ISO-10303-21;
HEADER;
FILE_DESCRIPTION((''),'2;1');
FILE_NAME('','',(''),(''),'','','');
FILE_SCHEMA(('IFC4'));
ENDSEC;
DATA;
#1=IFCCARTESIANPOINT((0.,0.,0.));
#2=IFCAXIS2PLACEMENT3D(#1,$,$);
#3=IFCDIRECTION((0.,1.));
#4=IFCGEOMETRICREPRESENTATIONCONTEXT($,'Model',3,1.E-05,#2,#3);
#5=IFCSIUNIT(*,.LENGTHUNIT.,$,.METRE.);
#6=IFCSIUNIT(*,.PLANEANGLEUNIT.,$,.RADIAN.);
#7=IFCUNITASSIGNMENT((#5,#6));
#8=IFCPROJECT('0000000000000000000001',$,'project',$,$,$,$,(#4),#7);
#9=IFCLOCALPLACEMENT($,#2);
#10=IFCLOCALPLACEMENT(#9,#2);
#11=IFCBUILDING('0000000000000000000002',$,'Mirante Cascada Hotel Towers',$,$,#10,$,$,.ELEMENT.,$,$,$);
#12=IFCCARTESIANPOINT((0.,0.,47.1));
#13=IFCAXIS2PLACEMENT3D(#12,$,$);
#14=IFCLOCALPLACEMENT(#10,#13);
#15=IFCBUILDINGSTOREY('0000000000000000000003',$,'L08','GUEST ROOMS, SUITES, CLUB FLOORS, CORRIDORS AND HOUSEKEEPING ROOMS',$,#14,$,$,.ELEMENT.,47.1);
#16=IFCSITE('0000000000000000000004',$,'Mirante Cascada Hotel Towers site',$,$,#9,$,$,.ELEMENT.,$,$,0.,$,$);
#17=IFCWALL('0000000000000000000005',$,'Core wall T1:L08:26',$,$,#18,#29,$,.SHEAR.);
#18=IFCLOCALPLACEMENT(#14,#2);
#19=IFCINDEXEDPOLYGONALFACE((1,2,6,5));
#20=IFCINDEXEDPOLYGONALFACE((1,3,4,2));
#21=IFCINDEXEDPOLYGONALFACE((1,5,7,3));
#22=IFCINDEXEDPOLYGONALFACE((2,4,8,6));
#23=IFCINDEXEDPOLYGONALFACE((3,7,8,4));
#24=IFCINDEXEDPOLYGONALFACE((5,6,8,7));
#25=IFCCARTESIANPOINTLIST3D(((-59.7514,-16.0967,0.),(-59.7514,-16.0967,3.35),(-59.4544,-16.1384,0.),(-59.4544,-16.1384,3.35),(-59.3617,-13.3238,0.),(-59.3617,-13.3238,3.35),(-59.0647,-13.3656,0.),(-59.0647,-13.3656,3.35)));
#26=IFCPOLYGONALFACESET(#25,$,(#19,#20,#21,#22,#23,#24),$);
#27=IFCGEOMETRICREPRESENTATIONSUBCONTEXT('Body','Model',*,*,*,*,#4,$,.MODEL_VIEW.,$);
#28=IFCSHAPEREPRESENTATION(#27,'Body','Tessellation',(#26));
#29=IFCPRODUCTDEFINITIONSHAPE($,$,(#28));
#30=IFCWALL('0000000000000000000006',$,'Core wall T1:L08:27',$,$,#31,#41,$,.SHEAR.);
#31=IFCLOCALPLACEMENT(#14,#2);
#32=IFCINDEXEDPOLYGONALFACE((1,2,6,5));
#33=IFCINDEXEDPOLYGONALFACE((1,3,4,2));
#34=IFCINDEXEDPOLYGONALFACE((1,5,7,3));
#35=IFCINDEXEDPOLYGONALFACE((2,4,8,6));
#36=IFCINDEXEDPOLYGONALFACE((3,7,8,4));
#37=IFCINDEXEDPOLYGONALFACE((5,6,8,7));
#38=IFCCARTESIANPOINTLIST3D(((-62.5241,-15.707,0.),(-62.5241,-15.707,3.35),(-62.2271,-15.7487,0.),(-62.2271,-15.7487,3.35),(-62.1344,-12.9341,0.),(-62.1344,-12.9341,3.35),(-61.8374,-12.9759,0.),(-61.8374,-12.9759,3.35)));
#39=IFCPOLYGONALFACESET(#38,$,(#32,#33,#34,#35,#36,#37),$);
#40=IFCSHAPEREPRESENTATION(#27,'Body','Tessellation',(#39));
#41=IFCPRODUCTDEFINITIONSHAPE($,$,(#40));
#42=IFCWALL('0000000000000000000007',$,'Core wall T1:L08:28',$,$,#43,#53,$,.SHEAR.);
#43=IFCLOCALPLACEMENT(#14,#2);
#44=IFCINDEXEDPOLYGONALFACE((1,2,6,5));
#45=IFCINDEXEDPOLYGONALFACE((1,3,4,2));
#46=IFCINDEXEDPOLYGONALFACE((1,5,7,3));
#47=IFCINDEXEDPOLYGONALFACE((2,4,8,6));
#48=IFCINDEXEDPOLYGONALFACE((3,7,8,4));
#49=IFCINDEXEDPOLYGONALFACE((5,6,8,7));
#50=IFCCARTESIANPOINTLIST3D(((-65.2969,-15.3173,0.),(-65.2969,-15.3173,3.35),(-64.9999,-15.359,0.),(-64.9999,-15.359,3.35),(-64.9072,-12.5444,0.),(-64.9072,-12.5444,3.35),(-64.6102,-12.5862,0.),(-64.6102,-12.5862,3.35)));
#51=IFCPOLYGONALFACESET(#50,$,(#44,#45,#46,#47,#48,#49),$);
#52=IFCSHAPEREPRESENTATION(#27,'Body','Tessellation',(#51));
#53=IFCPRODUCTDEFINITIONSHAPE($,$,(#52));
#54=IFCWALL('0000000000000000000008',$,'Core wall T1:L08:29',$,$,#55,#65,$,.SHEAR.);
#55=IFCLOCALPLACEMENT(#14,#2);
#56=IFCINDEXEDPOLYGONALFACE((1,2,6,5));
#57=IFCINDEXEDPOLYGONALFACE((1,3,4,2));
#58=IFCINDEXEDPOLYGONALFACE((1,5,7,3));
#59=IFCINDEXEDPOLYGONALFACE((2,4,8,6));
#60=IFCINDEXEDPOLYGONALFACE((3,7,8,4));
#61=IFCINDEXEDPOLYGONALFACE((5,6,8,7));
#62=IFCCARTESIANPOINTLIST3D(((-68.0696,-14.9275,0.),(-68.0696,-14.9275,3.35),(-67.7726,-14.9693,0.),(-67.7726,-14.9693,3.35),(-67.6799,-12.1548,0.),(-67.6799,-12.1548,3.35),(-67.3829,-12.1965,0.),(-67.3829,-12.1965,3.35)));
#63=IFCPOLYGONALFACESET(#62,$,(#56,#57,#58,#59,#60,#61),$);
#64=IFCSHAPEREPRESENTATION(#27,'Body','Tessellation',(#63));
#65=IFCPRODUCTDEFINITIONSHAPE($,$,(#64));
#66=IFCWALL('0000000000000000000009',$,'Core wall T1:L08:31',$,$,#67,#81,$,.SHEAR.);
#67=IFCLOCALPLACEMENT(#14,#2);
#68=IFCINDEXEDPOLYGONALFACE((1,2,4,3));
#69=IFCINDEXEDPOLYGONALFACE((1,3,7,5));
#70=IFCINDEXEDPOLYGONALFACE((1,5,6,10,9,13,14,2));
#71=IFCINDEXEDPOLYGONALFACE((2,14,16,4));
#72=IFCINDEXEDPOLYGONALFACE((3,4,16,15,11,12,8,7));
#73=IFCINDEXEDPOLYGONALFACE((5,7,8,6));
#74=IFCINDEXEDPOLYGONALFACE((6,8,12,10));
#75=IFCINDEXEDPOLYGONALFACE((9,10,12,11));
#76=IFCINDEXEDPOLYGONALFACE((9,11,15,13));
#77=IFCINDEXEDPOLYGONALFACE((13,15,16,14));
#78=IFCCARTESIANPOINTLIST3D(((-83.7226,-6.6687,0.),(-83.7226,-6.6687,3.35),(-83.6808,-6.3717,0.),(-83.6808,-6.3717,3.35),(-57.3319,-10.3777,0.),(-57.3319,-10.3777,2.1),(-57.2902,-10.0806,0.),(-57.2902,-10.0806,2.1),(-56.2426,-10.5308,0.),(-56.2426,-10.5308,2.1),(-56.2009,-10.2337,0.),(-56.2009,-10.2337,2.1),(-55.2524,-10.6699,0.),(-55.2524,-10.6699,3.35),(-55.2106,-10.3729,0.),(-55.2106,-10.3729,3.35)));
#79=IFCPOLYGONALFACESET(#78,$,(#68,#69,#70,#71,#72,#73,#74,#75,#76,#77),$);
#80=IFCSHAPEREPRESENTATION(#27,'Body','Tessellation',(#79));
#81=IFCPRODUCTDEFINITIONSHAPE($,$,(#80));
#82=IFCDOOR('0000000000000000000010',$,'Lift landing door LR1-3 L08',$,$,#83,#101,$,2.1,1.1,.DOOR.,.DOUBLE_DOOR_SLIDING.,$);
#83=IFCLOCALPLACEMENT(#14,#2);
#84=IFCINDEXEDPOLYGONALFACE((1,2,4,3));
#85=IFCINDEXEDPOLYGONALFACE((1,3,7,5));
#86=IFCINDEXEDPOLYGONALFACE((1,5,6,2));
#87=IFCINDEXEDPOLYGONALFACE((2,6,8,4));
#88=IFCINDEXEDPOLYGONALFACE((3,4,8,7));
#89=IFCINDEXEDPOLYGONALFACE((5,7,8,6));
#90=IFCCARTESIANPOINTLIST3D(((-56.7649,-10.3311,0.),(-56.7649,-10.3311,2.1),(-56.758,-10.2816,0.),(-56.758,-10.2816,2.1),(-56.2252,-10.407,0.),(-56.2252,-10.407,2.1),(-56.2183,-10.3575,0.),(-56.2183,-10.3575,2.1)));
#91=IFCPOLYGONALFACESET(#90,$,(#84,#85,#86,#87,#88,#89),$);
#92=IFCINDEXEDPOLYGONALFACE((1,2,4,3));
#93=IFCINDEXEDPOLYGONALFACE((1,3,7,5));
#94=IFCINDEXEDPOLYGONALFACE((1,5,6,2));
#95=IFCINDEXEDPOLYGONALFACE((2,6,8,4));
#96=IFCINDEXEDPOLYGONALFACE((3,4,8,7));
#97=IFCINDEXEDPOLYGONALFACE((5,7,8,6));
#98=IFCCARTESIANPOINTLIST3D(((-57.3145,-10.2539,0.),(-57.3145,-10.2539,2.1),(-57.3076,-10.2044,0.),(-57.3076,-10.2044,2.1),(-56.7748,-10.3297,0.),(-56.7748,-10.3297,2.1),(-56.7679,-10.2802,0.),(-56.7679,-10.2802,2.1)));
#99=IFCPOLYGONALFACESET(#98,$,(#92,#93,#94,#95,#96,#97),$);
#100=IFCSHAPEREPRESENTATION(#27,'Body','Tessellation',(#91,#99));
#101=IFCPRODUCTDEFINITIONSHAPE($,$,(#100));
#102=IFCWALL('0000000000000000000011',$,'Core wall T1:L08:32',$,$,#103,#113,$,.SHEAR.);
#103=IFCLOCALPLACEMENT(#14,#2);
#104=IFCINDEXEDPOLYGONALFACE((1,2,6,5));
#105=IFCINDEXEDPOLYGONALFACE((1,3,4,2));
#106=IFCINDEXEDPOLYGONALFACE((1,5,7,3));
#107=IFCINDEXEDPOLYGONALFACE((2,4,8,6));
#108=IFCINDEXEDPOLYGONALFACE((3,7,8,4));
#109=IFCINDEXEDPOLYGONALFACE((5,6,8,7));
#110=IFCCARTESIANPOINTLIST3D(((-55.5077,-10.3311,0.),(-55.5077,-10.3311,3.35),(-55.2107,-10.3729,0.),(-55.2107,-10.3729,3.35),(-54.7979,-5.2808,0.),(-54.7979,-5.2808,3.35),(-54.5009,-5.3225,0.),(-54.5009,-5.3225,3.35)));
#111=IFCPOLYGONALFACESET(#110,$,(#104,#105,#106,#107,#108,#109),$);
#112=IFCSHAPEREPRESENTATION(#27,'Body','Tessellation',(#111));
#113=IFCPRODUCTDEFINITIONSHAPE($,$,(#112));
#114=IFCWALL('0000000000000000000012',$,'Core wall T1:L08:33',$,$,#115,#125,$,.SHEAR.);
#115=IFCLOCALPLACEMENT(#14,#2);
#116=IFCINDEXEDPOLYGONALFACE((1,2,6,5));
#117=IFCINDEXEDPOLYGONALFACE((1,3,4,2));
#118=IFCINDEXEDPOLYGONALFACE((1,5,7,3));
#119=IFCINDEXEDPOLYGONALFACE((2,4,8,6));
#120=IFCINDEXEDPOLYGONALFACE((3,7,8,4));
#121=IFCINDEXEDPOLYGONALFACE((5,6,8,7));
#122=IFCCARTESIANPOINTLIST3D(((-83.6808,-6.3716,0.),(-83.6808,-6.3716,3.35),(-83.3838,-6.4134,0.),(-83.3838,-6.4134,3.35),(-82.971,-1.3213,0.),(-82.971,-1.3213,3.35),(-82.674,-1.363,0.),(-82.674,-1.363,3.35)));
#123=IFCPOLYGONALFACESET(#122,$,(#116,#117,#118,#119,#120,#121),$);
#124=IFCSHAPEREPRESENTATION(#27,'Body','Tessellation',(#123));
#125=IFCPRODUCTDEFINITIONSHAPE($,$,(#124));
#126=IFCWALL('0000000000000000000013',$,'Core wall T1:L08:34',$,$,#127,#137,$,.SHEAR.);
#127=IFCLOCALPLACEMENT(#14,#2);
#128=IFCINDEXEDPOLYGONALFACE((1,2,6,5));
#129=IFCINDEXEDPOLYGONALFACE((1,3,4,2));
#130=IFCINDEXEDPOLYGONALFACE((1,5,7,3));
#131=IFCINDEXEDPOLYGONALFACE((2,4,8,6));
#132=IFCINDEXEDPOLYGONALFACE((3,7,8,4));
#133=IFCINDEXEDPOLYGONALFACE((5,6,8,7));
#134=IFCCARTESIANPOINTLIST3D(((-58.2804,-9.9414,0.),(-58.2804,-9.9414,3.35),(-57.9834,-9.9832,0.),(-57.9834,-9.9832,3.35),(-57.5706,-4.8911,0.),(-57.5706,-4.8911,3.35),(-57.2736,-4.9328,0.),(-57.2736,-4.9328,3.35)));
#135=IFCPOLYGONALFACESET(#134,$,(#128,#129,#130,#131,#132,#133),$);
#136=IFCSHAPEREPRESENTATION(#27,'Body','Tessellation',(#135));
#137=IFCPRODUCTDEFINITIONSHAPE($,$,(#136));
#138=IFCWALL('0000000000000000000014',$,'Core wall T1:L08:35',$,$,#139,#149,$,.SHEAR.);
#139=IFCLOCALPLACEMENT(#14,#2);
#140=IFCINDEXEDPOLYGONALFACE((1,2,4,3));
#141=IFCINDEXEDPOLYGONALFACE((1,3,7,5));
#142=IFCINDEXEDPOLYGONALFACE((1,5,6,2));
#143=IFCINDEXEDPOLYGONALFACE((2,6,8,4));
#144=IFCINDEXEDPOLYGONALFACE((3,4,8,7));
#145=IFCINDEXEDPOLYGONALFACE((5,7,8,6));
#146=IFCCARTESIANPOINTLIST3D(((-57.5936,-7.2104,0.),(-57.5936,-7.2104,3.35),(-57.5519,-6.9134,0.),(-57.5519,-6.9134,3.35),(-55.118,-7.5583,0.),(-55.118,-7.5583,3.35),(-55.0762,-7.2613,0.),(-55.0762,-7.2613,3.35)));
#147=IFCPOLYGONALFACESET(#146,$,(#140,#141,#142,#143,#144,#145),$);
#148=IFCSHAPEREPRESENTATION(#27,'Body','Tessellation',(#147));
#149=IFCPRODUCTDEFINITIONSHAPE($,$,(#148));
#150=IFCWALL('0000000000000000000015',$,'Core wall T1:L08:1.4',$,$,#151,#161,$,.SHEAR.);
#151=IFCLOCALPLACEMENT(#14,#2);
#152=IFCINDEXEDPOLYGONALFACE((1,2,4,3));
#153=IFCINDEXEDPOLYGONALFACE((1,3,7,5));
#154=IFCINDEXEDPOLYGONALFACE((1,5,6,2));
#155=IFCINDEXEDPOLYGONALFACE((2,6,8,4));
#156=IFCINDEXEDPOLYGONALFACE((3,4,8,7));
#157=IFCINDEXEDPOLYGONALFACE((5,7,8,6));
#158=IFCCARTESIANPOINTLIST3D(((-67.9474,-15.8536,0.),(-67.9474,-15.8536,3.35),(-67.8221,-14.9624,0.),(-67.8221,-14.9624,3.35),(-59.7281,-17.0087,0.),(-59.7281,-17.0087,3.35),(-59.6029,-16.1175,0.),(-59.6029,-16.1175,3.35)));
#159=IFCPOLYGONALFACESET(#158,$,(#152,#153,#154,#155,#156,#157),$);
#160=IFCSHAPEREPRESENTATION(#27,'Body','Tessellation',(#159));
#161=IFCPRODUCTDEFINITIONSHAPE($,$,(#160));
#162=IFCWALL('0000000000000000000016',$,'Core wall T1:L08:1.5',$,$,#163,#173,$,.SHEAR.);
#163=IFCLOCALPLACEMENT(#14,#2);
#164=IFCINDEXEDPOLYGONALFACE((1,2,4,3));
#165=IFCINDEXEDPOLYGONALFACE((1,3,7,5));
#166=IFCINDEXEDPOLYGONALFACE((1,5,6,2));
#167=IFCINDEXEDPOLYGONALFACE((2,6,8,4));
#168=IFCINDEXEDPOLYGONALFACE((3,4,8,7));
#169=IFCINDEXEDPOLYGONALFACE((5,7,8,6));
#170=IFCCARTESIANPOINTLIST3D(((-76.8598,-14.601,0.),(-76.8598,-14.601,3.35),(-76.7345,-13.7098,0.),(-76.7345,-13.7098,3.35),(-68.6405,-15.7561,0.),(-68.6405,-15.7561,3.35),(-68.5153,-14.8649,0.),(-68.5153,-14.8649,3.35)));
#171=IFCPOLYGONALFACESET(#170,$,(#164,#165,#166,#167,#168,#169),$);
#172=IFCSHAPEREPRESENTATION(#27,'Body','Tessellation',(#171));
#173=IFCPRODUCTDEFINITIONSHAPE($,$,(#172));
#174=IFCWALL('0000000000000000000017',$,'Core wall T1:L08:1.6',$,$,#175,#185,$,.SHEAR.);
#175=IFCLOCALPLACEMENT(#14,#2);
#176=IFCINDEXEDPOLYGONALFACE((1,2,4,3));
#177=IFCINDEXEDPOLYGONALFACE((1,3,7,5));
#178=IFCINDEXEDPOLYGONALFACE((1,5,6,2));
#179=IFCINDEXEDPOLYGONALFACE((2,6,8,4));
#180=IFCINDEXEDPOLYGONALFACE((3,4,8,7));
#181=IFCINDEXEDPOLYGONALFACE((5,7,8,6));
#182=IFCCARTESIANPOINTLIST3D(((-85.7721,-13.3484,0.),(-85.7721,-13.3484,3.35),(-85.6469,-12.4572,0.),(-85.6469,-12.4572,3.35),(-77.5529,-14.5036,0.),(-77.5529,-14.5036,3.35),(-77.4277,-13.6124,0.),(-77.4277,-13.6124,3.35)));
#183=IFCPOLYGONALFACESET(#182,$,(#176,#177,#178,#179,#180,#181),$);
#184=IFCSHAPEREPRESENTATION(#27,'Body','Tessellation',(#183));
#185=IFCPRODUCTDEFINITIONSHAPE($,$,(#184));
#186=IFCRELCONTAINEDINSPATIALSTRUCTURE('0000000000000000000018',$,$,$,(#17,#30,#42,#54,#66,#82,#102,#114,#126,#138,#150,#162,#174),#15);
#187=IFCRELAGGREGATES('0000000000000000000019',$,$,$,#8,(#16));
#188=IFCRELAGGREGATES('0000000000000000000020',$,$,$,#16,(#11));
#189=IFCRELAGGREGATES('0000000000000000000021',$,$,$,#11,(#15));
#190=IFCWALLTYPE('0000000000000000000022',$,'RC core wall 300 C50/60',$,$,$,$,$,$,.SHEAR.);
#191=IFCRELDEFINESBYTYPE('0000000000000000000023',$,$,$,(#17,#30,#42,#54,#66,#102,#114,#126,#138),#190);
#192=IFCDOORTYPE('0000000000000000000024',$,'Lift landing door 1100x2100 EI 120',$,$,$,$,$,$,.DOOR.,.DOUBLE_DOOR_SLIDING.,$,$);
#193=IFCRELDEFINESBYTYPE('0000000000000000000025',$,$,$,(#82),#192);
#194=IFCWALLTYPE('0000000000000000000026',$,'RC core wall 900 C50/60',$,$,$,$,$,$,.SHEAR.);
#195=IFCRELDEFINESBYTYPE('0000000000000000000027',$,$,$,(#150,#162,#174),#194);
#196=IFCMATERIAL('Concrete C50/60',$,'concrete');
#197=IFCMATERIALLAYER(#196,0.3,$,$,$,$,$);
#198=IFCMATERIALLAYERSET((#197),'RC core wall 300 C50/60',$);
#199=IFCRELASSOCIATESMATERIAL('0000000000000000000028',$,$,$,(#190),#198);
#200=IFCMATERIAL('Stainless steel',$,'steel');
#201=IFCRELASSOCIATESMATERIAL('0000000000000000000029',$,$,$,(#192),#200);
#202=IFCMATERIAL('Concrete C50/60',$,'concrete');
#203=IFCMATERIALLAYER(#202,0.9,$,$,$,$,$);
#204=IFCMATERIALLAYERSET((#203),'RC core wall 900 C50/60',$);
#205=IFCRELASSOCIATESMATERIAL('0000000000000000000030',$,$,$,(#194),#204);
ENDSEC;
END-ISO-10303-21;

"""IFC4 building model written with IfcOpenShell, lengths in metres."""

from ifc_helpers import new_model, si_unit, direction, frame, frame_2d, origin, place, context, subcontext, project, spatial, rectangle, extrude, material, layer, layer_set, type_object, element, fill, save


model = new_model("IFC4")

# Units and contexts
model_context = context("Model", 3, precision=1e-05, world=origin(), true_north=direction((0.0, 1.0)))
body_context = subcontext(model_context, "Body", "Model", "MODEL_VIEW")
ifc_project = project(units=[si_unit("LENGTHUNIT", "METRE"), si_unit("PLANEANGLEUNIT", "RADIAN")], contexts=[model_context])

# Site, building, storey
site_placement = place(None, origin())
site = spatial("IfcSite", under=ifc_project, at=site_placement, Name="Mirante Cascada Hotel Towers site", CompositionType="ELEMENT", RefElevation=0.0)
building_placement = place(site_placement, origin())
building = spatial("IfcBuilding", under=site, at=building_placement, Name="Mirante Cascada Hotel Towers", CompositionType="ELEMENT")
storey_placement = place(building_placement, frame((0.0, 0.0, 47.1)))
storey = spatial("IfcBuildingStorey", under=building, at=storey_placement, Name="L08", Description="GUEST ROOMS, SUITES, CLUB FLOORS, CORRIDORS AND HOUSEKEEPING ROOMS", CompositionType="ELEMENT", Elevation=47.1)

# Walls
ifc_material_1 = material(Name="Concrete C50/60", Category="concrete")
ifc_layer_1 = layer(ifc_material_1, 0.3)
ifc_layer_set_1 = layer_set([ifc_layer_1], Name="RC core wall 300 C50/60")
wall_type_1 = type_object("IfcWallType", Name="RC core wall 300 C50/60", PredefinedType="SHEAR", material=ifc_layer_set_1)
for number, where, z_axis, x_axis, name in (
    (1, (-59.6029, -16.1175, 0.0), (0.0, 0.0, 1.0), (0.139176, 0.990268, 0.0), "Core wall T1:L08:26"),
    (2, (-62.3756, -15.7278, 0.0), (0.0, 0.0, 1.0), (0.139176, 0.990268, 0.0), "Core wall T1:L08:27"),
    (3, (-65.1484, -15.3381, 0.0), (0.0, 0.0, 1.0), (0.139176, 0.990268, 0.0), "Core wall T1:L08:28"),
):
    element("IfcWall", number, at=place(storey_placement, frame(where, z_axis=z_axis, x_axis=x_axis)), inside=storey, type_object=wall_type_1, Name=name, PredefinedType="SHEAR", context=body_context, shape_type="SweptSolid", body=[
        extrude(rectangle(XDim=2.8001, YDim=0.3, at=frame_2d((1.4, 0.0))), origin(), (0.0, 0.0, 1.0), 3.35),
    ])
wall_1_placement = place(storey_placement, frame((-67.9211, -14.9484, 0.0), z_axis=(0.0, 0.0, 1.0), x_axis=(0.139181, 0.990267, 0.0)))
element("IfcWall", 4, at=wall_1_placement, inside=storey, type_object=wall_type_1, Name="Core wall T1:L08:29", PredefinedType="SHEAR", context=body_context, shape_type="SweptSolid", body=[
    extrude(rectangle(XDim=2.8, YDim=0.3, at=frame_2d((1.4, 0.0))), origin(), (0.0, 0.0, 1.0), 3.35),
])

# Wall, opening, door
wall_2_placement = place(storey_placement, frame((-55.2315, -10.5214, 0.0), z_axis=(0.0, 0.0, 1.0), x_axis=(-0.990268, 0.139172, 0.0)))
wall_2 = element("IfcWall", 5, at=wall_2_placement, inside=storey, type_object=wall_type_1, Name="Core wall T1:L08:31", PredefinedType="SHEAR", context=body_context, shape_type="SweptSolid", body=[
    extrude(rectangle(XDim=28.75, YDim=0.3, at=frame_2d((14.375, 0.0))), origin(), (0.0, 0.0, 1.0), 3.35),
])
opening_placement = place(wall_2_placement, frame((1.0, 0.0, 0.0)))
opening = element("IfcOpeningElement", 6, at=opening_placement, cuts=wall_2, PredefinedType="OPENING", context=body_context, shape_type="SweptSolid", body=[
    extrude(rectangle(XDim=1.1, YDim=2.1, at=frame_2d((0.55, 1.05))), frame((0.0, 0.15, 0.0), z_axis=(0.0, -1.0, 0.0), x_axis=(1.0, 0.0, 0.0)), (0.0, 0.0, 1.0), 0.3),
])
ifc_material_2 = material(Name="Stainless steel", Category="steel")
door_type = type_object("IfcDoorType", Name="Lift landing door 1100x2100 EI 120", OperationType="DOUBLE_DOOR_SLIDING", PredefinedType="DOOR", material=ifc_material_2)
door_placement = place(opening_placement, origin())
door = element("IfcDoor", 7, at=door_placement, inside=storey, type_object=door_type, Name="Lift landing door LR1-3 L08", OperationType="DOUBLE_DOOR_SLIDING", OverallHeight=2.1, OverallWidth=1.1, PredefinedType="DOOR", context=body_context, shape_type="SweptSolid", body=[
    extrude(rectangle(XDim=0.545, YDim=2.1, at=frame_2d((0.2725, 1.05))), frame((0.0, 0.025, 0.0), z_axis=(0.0, -1.0, 0.0), x_axis=(1.0, 0.0, 0.0)), (0.0, 0.0, 1.0), 0.05),
    extrude(rectangle(XDim=0.545, YDim=2.1, at=frame_2d((0.8275, 1.05))), frame((0.0, 0.025, 0.0), z_axis=(0.0, -1.0, 0.0), x_axis=(1.0, 0.0, 0.0)), (0.0, 0.0, 1.0), 0.05),
])
fill(opening, door)

# Walls
for number, where, z_axis, x_axis, name in (
    (8, (-55.3592, -10.352, 0.0), (0.0, 0.0, 1.0), (0.139176, 0.990268, 0.0), "Core wall T1:L08:32"),
    (9, (-83.5323, -6.3925, 0.0), (0.0, 0.0, 1.0), (0.139176, 0.990268, 0.0), "Core wall T1:L08:33"),
    (10, (-58.1319, -9.9623, 0.0), (0.0, 0.0, 1.0), (0.139176, 0.990268, 0.0), "Core wall T1:L08:34"),
):
    element("IfcWall", number, at=place(storey_placement, frame(where, z_axis=z_axis, x_axis=x_axis)), inside=storey, type_object=wall_type_1, Name=name, PredefinedType="SHEAR", context=body_context, shape_type="SweptSolid", body=[
        extrude(rectangle(XDim=5.1, YDim=0.3, at=frame_2d((2.55, 0.0))), origin(), (0.0, 0.0, 1.0), 3.35),
    ])
wall_3_placement = place(storey_placement, frame((-55.0971, -7.4098, 0.0), z_axis=(0.0, 0.0, 1.0), x_axis=(-0.99027, 0.139159, 0.0)))
element("IfcWall", 11, at=wall_3_placement, inside=storey, type_object=wall_type_1, Name="Core wall T1:L08:35", PredefinedType="SHEAR", context=body_context, shape_type="SweptSolid", body=[
    extrude(rectangle(XDim=2.5, YDim=0.3, at=frame_2d((1.25, 0.0))), origin(), (0.0, 0.0, 1.0), 3.35),
])
ifc_material_3 = material(Name="Concrete C50/60", Category="concrete")
ifc_layer_2 = layer(ifc_material_3, 0.9)
ifc_layer_set_2 = layer_set([ifc_layer_2], Name="RC core wall 900 C50/60")
wall_type_2 = type_object("IfcWallType", Name="RC core wall 900 C50/60", PredefinedType="SHEAR", material=ifc_layer_set_2)
for number, where, z_axis, x_axis, name in (
    (12, (-59.6655, -16.5631, 0.0), (0.0, 0.0, 1.0), (-0.990269, 0.139169, 0.0), "Core wall T1:L08:1.4"),
    (13, (-68.5779, -15.3105, 0.0), (0.0, 0.0, 1.0), (-0.990269, 0.139169, 0.0), "Core wall T1:L08:1.5"),
    (14, (-77.4903, -14.058, 0.0), (0.0, 0.0, 1.0), (-0.990267, 0.139181, 0.0), "Core wall T1:L08:1.6"),
):
    element("IfcWall", number, at=place(storey_placement, frame(where, z_axis=z_axis, x_axis=x_axis)), inside=storey, type_object=wall_type_2, Name=name, PredefinedType="SHEAR", context=body_context, shape_type="SweptSolid", body=[
        extrude(rectangle(XDim=8.3, YDim=0.9, at=frame_2d((4.15, 0.0))), origin(), (0.0, 0.0, 1.0), 3.35),
    ])

save(model, "model.ifc")
